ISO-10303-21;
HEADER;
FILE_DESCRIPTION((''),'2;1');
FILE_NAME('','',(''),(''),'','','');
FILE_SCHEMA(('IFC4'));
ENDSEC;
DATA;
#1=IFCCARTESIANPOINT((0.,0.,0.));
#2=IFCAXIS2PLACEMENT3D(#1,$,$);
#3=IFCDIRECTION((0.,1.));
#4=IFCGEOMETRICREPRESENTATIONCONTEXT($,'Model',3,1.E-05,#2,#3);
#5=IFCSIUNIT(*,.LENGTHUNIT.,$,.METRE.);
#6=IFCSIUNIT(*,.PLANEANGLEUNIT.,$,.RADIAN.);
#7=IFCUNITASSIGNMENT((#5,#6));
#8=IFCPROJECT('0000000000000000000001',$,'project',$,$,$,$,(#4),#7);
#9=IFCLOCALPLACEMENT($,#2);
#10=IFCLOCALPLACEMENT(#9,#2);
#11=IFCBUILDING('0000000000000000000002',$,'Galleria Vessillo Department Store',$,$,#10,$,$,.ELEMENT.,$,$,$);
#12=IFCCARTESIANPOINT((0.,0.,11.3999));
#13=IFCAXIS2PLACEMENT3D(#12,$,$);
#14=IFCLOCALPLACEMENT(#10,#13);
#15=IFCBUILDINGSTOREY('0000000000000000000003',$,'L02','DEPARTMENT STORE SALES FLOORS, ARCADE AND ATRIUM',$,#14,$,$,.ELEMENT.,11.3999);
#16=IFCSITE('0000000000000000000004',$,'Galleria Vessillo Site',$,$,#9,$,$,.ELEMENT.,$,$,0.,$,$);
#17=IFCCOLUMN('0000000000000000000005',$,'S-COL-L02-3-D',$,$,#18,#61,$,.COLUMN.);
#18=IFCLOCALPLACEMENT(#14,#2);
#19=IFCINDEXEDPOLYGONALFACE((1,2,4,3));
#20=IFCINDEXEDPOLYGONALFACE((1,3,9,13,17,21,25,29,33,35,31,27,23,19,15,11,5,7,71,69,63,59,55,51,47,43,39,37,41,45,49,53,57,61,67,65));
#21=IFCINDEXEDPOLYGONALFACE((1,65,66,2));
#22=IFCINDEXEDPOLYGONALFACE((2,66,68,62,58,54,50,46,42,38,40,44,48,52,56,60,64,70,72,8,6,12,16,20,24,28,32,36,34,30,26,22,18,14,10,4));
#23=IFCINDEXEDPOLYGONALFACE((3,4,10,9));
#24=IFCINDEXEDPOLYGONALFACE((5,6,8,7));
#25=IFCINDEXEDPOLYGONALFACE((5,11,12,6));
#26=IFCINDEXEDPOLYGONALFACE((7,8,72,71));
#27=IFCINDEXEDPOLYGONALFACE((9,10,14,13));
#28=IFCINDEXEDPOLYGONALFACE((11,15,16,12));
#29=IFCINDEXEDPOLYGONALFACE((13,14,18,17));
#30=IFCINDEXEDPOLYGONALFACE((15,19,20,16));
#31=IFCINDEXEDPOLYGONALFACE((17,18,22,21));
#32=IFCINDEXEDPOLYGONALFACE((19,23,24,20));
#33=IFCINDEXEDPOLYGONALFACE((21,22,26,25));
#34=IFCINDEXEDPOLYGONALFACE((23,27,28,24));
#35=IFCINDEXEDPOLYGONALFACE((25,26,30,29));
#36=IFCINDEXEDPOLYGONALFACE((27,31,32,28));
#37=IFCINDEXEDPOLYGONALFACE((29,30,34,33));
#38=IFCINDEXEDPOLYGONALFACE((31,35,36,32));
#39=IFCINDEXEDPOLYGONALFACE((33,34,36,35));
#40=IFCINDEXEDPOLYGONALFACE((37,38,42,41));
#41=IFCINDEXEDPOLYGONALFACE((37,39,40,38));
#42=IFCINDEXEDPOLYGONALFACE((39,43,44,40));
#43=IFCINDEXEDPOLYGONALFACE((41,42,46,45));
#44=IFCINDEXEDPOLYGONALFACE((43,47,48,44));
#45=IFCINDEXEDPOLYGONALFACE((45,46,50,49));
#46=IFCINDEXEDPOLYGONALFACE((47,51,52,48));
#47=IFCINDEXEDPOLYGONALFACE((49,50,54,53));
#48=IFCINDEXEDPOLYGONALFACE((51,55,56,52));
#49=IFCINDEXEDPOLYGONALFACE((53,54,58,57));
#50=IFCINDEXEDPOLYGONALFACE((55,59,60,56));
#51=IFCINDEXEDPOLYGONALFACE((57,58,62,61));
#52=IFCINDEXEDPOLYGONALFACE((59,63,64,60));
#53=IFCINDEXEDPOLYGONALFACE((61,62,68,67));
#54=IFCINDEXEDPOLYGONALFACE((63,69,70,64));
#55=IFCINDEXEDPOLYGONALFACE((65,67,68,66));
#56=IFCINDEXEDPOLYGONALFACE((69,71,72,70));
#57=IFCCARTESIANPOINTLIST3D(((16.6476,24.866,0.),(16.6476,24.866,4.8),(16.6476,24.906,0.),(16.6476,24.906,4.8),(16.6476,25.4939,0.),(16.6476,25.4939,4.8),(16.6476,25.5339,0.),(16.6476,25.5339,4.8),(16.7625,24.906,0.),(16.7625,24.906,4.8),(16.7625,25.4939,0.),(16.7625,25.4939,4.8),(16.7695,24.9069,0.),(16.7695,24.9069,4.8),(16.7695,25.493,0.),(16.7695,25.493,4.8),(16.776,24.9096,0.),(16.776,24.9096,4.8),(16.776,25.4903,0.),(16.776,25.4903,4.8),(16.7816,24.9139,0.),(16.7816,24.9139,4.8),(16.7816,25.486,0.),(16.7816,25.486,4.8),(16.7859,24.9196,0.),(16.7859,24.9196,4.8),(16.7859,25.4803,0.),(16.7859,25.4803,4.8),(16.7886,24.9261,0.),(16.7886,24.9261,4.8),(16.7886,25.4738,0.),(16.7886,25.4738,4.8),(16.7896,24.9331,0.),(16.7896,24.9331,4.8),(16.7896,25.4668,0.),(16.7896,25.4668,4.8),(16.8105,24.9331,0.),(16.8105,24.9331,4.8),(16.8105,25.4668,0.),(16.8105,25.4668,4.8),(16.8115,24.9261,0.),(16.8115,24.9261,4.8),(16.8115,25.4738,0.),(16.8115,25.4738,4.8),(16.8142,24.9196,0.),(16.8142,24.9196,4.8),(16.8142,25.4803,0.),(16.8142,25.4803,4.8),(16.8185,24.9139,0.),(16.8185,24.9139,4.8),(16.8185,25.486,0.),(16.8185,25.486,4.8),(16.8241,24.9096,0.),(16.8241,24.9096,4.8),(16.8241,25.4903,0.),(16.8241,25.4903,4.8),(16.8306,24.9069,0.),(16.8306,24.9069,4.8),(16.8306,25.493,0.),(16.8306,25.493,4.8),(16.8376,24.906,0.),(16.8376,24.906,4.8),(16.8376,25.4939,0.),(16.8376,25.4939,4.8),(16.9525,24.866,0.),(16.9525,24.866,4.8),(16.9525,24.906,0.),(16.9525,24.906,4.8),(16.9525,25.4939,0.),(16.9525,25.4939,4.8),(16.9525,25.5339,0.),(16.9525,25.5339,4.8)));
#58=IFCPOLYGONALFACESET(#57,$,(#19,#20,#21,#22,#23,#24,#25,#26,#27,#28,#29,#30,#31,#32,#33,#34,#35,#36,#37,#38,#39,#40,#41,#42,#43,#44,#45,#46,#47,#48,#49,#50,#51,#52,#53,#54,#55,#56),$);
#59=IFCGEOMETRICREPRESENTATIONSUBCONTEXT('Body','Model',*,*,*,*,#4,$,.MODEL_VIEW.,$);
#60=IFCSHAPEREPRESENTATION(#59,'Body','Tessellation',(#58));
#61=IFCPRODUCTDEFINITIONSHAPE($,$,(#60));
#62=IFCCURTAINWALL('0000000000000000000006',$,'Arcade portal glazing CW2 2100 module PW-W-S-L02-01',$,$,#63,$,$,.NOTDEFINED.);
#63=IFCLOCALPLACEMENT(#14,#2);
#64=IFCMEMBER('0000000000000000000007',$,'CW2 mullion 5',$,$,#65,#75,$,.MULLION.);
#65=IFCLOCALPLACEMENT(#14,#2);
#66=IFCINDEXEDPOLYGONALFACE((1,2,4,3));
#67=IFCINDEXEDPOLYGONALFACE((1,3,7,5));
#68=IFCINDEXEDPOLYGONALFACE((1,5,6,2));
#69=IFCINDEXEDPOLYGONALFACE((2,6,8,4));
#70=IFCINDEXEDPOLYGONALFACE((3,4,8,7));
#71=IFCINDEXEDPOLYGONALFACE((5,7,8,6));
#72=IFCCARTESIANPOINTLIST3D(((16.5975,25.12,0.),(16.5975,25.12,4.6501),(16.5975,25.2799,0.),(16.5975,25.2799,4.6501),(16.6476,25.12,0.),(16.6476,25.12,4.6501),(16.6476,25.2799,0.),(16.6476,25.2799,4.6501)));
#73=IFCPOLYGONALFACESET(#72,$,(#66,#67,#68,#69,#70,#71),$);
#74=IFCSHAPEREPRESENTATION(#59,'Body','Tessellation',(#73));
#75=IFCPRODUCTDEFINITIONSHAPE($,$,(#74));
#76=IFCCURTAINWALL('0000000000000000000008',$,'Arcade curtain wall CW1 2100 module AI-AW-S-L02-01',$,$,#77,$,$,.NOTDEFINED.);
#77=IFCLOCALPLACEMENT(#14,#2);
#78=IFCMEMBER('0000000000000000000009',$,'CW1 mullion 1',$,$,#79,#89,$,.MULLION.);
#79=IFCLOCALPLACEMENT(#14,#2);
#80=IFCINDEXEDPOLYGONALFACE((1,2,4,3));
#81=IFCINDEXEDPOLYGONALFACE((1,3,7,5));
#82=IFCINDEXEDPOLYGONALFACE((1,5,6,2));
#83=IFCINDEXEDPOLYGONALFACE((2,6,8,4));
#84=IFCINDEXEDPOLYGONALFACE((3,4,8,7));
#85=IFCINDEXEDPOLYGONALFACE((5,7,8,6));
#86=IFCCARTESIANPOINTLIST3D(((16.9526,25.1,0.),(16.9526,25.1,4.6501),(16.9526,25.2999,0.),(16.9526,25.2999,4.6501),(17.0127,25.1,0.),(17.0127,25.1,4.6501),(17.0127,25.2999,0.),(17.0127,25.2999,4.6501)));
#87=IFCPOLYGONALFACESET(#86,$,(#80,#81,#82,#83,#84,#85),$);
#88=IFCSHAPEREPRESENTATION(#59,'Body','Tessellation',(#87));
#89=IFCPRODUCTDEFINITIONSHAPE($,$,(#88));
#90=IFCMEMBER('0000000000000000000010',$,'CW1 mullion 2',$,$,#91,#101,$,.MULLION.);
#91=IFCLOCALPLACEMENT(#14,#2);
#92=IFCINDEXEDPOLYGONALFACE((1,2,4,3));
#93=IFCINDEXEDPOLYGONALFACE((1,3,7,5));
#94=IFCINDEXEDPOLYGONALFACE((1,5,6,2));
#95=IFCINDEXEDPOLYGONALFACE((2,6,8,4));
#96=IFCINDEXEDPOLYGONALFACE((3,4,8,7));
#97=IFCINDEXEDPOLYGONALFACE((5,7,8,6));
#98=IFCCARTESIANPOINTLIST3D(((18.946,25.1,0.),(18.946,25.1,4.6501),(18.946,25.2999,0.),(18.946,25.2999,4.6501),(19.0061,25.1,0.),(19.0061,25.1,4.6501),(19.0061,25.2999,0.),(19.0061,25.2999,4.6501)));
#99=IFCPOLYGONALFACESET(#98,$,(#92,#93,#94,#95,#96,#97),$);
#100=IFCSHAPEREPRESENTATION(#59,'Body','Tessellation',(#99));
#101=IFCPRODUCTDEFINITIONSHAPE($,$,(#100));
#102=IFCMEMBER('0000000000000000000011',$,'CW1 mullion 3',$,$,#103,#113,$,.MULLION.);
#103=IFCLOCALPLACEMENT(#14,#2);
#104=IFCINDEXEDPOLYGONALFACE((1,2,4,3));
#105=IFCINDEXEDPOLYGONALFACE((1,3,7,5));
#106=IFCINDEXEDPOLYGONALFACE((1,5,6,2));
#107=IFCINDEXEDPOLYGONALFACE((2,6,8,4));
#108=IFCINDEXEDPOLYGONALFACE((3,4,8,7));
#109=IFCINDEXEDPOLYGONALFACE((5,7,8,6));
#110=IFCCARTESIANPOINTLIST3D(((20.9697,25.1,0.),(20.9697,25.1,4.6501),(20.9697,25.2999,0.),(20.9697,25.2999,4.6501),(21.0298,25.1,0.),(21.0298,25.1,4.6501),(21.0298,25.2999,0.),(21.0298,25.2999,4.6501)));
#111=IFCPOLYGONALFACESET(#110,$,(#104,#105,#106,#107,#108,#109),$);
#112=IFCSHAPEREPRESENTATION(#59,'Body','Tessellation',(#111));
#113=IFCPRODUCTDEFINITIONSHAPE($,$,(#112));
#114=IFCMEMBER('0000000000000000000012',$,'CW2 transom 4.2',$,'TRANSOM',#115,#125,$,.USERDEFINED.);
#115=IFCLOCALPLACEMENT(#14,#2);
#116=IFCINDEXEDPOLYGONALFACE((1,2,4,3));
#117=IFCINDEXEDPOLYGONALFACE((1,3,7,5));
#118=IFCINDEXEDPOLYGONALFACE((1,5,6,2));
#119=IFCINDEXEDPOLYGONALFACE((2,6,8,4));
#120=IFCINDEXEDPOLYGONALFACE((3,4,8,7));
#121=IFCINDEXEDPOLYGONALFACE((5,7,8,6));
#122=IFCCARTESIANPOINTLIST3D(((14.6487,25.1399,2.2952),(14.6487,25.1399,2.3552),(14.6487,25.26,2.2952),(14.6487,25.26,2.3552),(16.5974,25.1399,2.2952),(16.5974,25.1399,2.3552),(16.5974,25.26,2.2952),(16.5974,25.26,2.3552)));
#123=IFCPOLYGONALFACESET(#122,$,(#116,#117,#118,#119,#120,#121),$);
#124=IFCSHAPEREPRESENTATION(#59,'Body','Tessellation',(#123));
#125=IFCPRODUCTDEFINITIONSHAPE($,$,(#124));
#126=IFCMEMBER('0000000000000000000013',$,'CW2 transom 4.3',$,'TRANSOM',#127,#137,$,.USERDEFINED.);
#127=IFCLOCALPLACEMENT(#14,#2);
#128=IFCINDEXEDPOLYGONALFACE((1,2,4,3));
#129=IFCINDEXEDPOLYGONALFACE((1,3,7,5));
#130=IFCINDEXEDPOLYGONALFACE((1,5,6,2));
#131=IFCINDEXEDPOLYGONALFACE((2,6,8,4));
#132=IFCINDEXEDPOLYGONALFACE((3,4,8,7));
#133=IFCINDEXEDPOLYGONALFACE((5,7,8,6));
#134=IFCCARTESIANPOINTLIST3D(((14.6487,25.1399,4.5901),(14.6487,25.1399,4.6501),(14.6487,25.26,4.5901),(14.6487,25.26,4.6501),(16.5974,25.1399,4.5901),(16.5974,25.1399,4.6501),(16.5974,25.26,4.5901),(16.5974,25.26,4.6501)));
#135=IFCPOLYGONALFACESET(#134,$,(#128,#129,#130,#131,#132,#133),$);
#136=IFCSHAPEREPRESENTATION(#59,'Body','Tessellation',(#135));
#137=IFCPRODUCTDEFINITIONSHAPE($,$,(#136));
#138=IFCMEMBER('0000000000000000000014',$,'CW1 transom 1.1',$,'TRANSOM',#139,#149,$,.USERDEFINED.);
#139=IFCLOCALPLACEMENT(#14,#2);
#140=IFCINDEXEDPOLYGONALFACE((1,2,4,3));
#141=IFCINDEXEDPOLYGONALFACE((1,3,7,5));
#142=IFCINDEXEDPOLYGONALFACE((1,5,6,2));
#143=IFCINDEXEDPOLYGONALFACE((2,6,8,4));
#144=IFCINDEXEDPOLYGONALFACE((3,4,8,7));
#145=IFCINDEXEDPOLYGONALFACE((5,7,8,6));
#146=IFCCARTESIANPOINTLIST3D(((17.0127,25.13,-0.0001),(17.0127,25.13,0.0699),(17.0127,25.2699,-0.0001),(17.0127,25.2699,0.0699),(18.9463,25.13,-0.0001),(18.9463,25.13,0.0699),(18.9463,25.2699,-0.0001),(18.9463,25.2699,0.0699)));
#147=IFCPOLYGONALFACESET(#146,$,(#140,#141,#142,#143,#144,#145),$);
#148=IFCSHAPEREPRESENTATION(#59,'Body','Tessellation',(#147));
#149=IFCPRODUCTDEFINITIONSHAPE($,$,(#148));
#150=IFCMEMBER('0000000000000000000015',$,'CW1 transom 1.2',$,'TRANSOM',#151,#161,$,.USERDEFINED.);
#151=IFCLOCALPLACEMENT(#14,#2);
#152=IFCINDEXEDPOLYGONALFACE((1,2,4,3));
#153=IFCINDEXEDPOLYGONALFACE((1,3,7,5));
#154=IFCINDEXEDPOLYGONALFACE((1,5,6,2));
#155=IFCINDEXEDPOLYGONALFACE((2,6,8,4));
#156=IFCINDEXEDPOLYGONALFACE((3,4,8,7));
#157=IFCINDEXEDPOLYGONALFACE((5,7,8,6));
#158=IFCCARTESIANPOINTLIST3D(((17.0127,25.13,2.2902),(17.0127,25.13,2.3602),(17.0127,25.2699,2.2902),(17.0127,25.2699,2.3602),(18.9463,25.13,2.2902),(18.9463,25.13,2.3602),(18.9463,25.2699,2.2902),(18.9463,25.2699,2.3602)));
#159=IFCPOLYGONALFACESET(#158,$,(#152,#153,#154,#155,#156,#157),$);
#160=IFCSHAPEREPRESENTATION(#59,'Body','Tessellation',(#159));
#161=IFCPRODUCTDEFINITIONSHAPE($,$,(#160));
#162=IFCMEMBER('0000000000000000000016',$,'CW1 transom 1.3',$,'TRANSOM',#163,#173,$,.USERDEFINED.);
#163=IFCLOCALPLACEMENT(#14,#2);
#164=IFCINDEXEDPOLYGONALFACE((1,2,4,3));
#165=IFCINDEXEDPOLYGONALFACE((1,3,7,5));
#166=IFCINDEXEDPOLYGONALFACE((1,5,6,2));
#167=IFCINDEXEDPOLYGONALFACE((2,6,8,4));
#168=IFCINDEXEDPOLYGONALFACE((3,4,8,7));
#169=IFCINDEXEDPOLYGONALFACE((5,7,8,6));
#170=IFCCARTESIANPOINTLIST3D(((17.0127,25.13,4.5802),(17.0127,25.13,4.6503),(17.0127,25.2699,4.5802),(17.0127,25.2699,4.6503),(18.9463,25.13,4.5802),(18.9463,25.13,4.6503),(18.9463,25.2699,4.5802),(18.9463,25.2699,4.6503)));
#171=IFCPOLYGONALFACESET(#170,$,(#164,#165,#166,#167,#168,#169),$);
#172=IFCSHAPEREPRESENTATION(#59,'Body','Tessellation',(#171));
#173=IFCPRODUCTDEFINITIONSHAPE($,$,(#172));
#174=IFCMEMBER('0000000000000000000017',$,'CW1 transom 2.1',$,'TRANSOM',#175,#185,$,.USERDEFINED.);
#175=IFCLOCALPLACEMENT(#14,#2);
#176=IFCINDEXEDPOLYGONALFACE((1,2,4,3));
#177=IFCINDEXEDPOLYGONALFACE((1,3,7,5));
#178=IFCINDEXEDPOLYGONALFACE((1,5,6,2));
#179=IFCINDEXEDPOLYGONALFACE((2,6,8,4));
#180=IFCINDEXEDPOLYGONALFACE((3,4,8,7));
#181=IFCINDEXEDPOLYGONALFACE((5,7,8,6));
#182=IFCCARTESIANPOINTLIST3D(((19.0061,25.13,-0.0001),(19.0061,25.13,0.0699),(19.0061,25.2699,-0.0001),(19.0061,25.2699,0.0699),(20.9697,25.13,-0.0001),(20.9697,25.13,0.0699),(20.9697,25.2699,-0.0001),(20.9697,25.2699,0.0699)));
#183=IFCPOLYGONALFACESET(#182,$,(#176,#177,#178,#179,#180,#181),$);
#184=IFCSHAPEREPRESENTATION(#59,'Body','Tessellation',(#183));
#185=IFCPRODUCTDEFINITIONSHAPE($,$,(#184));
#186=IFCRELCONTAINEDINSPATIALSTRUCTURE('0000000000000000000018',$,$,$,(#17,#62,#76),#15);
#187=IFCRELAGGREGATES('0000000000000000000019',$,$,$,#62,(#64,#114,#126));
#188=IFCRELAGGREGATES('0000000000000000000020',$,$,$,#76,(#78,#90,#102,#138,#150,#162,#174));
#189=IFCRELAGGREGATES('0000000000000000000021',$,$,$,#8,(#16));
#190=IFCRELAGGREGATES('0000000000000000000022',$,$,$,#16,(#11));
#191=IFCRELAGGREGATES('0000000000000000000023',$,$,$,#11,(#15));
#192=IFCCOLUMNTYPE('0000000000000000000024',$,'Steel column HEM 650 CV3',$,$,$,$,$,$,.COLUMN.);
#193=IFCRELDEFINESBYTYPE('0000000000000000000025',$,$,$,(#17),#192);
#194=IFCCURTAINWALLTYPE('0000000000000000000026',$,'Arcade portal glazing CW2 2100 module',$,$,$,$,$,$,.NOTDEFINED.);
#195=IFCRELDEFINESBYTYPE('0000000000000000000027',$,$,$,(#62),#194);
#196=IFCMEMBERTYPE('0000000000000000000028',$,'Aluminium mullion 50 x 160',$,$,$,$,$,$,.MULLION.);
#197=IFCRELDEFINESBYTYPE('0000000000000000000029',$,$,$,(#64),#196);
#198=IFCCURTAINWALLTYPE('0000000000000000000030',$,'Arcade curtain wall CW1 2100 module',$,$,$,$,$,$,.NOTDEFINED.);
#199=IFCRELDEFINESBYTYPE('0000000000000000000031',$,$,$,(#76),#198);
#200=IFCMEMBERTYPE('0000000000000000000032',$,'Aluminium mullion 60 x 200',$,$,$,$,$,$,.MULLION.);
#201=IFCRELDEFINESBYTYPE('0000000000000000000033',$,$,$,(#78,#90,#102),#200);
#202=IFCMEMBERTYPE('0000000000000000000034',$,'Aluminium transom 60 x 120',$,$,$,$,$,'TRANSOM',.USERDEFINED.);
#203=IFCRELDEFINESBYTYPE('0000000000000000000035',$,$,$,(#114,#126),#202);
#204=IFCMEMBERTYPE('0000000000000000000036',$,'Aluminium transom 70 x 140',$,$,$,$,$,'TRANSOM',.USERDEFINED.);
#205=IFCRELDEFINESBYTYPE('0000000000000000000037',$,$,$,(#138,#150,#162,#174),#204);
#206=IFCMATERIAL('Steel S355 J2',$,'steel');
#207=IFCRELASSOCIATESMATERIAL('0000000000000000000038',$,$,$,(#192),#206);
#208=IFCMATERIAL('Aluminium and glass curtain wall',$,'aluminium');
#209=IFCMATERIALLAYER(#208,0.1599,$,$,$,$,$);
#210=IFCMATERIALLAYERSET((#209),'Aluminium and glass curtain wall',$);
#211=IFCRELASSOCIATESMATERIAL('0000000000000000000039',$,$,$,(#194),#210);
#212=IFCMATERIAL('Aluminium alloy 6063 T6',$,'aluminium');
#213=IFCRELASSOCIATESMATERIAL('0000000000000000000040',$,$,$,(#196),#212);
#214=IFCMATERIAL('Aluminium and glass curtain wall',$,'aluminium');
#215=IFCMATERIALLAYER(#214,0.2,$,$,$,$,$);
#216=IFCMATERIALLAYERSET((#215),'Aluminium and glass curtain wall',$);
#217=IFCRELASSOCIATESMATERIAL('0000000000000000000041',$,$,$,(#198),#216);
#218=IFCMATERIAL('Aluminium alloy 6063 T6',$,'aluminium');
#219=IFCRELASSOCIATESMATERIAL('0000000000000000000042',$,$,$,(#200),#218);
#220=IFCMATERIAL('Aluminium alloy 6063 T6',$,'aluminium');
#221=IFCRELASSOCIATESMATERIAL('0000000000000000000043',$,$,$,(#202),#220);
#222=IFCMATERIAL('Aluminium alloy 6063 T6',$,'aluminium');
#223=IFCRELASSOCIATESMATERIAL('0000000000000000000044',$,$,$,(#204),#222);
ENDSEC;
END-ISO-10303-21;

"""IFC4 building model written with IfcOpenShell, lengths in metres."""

from ifc_helpers import new_model, si_unit, direction, frame, origin, origin_2d, place, context, subcontext, project, spatial, rectangle, i_section, extrude, material, layer, layer_set, material_profile, profile_set, type_object, element, aggregate, save


model = new_model("IFC4")

# Units and contexts
model_context = context("Model", 3, precision=1e-05, world=origin(), true_north=direction((0.0, 1.0)))
body_context = subcontext(model_context, "Body", "Model", "MODEL_VIEW")
ifc_project = project(units=[si_unit("LENGTHUNIT", "METRE"), si_unit("PLANEANGLEUNIT", "RADIAN")], contexts=[model_context])

# Site, building, storey
site_placement = place(None, origin())
site = spatial("IfcSite", under=ifc_project, at=site_placement, Name="Galleria Vessillo Site", CompositionType="ELEMENT", RefElevation=0.0)
building_placement = place(site_placement, origin())
building = spatial("IfcBuilding", under=site, at=building_placement, Name="Galleria Vessillo Department Store", CompositionType="ELEMENT")
storey_placement = place(building_placement, frame((0.0, 0.0, 11.3999)))
storey = spatial("IfcBuildingStorey", under=building, at=storey_placement, Name="L02", Description="DEPARTMENT STORE SALES FLOORS, ARCADE AND ATRIUM", CompositionType="ELEMENT", Elevation=11.3999)

# Column
ifc_material_1 = material(Name="Steel S355 J2", Category="steel")
ifc_material_profile_1 = material_profile(ifc_material_1, i_section(OverallWidth=0.3049, OverallDepth=0.668, WebThickness=0.021, FlangeThickness=0.04, FilletRadius=0.0271, at=origin_2d()), Name="HEM 650")
ifc_profile_set_1 = profile_set([ifc_material_profile_1], Name="Steel S355 J2")
column_type = type_object("IfcColumnType", Name="Steel column HEM 650 CV3", PredefinedType="COLUMN", material=ifc_profile_set_1)
column_placement = place(storey_placement, frame((16.8, 25.2, 0.0), z_axis=(0.0, 0.0, 1.0), x_axis=(1.0, 0.0, 0.0)))
element("IfcColumn", 1, at=column_placement, inside=storey, type_object=column_type, Name="S-COL-L02-3-D", PredefinedType="COLUMN", context=body_context, shape_type="SweptSolid", body=[
    extrude(i_section(OverallWidth=0.3049, OverallDepth=0.668, WebThickness=0.021, FlangeThickness=0.04, FilletRadius=0.0271, at=origin_2d()), origin(), (0.0, 0.0, 1.0), 4.8),
])

# Curtain wall, member
ifc_material_2 = material(Name="Aluminium and glass curtain wall", Category="aluminium")
ifc_layer_1 = layer(ifc_material_2, 0.1599)
ifc_layer_set_1 = layer_set([ifc_layer_1], Name="Aluminium and glass curtain wall")
curtain_wall_type_1 = type_object("IfcCurtainWallType", Name="Arcade portal glazing CW2 2100 module", PredefinedType="NOTDEFINED", material=ifc_layer_set_1)
curtain_wall_1_placement = place(storey_placement, origin())
curtain_wall_1 = element("IfcCurtainWall", 2, at=curtain_wall_1_placement, inside=storey, type_object=curtain_wall_type_1, Name="Arcade portal glazing CW2 2100 module PW-W-S-L02-01", PredefinedType="NOTDEFINED")
ifc_material_3 = material(Name="Aluminium alloy 6063 T6", Category="aluminium")
ifc_material_profile_2 = material_profile(ifc_material_3, rectangle(XDim=0.1599, YDim=0.05, at=origin_2d()), Name="AL 50x160")
ifc_profile_set_2 = profile_set([ifc_material_profile_2], Name="Aluminium alloy 6063 T6")
member_type_1 = type_object("IfcMemberType", Name="Aluminium mullion 50 x 160", PredefinedType="MULLION", material=ifc_profile_set_2)
member_1_placement = place(storey_placement, frame((16.6226, 25.2, 0.0), z_axis=(0.0, 0.0, 1.0), x_axis=(0.0, 1.0, 0.0)))
member_1 = element("IfcMember", 3, at=member_1_placement, type_object=member_type_1, Name="CW2 mullion 5", PredefinedType="MULLION", context=body_context, shape_type="SweptSolid", body=[
    extrude(rectangle(XDim=0.1599, YDim=0.05, at=origin_2d()), origin(), (0.0, 0.0, 1.0), 4.6501),
])

# Curtain wall, members
ifc_material_4 = material(Name="Aluminium and glass curtain wall", Category="aluminium")
ifc_layer_2 = layer(ifc_material_4, 0.2)
ifc_layer_set_2 = layer_set([ifc_layer_2], Name="Aluminium and glass curtain wall")
curtain_wall_type_2 = type_object("IfcCurtainWallType", Name="Arcade curtain wall CW1 2100 module", PredefinedType="NOTDEFINED", material=ifc_layer_set_2)
curtain_wall_2_placement = place(storey_placement, origin())
curtain_wall_2 = element("IfcCurtainWall", 4, at=curtain_wall_2_placement, inside=storey, type_object=curtain_wall_type_2, Name="Arcade curtain wall CW1 2100 module AI-AW-S-L02-01", PredefinedType="NOTDEFINED")
ifc_material_5 = material(Name="Aluminium alloy 6063 T6", Category="aluminium")
ifc_material_profile_3 = material_profile(ifc_material_5, rectangle(XDim=0.2, YDim=0.0601, at=origin_2d()), Name="AL 60x200")
ifc_profile_set_3 = profile_set([ifc_material_profile_3], Name="Aluminium alloy 6063 T6")
member_type_2 = type_object("IfcMemberType", Name="Aluminium mullion 60 x 200", PredefinedType="MULLION", material=ifc_profile_set_3)
member_2_placement = place(storey_placement, frame((16.9827, 25.2, 0.0), z_axis=(0.0, 0.0, 1.0), x_axis=(0.0, 1.0, 0.0)))
member_2 = element("IfcMember", 5, at=member_2_placement, type_object=member_type_2, Name="CW1 mullion 1", PredefinedType="MULLION", context=body_context, shape_type="SweptSolid", body=[
    extrude(rectangle(XDim=0.2, YDim=0.0601, at=origin_2d()), origin(), (0.0, 0.0, 1.0), 4.6501),
])
member_3_placement = place(storey_placement, frame((18.9761, 25.2, 0.0), z_axis=(0.0, 0.0, 1.0), x_axis=(0.0, 1.0, 0.0)))
member_3 = element("IfcMember", 6, at=member_3_placement, type_object=member_type_2, Name="CW1 mullion 2", PredefinedType="MULLION", context=body_context, shape_type="SweptSolid", body=[
    extrude(rectangle(XDim=0.2, YDim=0.0601, at=origin_2d()), origin(), (0.0, 0.0, 1.0), 4.6501),
])
member_4_placement = place(storey_placement, frame((20.9998, 25.2, 0.0), z_axis=(0.0, 0.0, 1.0), x_axis=(0.0, 1.0, 0.0)))
member_4 = element("IfcMember", 7, at=member_4_placement, type_object=member_type_2, Name="CW1 mullion 3", PredefinedType="MULLION", context=body_context, shape_type="SweptSolid", body=[
    extrude(rectangle(XDim=0.2, YDim=0.0601, at=origin_2d()), origin(), (0.0, 0.0, 1.0), 4.6501),
])

# Members
ifc_material_6 = material(Name="Aluminium alloy 6063 T6", Category="aluminium")
ifc_material_profile_4 = material_profile(ifc_material_6, rectangle(XDim=0.1201, YDim=0.0601, at=origin_2d()), Name="AL 60x120")
ifc_profile_set_4 = profile_set([ifc_material_profile_4], Name="Aluminium alloy 6063 T6")
member_type_3 = type_object("IfcMemberType", Name="Aluminium transom 60 x 120", ElementType="TRANSOM", PredefinedType="USERDEFINED", material=ifc_profile_set_4)
member_5_placement = place(storey_placement, frame((14.6487, 25.2, 2.3252), z_axis=(1.0, 0.0, 0.0), x_axis=(0.0, 1.0, 0.0)))
member_5 = element("IfcMember", 8, at=member_5_placement, type_object=member_type_3, Name="CW2 transom 4.2", ObjectType="TRANSOM", PredefinedType="USERDEFINED", context=body_context, shape_type="SweptSolid", body=[
    extrude(rectangle(XDim=0.1201, YDim=0.0601, at=origin_2d()), origin(), (0.0, 0.0, 1.0), 1.9487),
])
member_6_placement = place(storey_placement, frame((14.6487, 25.2, 4.6201), z_axis=(1.0, 0.0, 0.0), x_axis=(0.0, 1.0, 0.0)))
member_6 = element("IfcMember", 9, at=member_6_placement, type_object=member_type_3, Name="CW2 transom 4.3", ObjectType="TRANSOM", PredefinedType="USERDEFINED", context=body_context, shape_type="SweptSolid", body=[
    extrude(rectangle(XDim=0.1201, YDim=0.0601, at=origin_2d()), origin(), (0.0, 0.0, 1.0), 1.9487),
])
ifc_material_7 = material(Name="Aluminium alloy 6063 T6", Category="aluminium")
ifc_material_profile_5 = material_profile(ifc_material_7, rectangle(XDim=0.1399, YDim=0.0701, at=origin_2d()), Name="AL 70x140")
ifc_profile_set_5 = profile_set([ifc_material_profile_5], Name="Aluminium alloy 6063 T6")
member_type_4 = type_object("IfcMemberType", Name="Aluminium transom 70 x 140", ElementType="TRANSOM", PredefinedType="USERDEFINED", material=ifc_profile_set_5)
member_7_placement = place(storey_placement, frame((17.0127, 25.2, 0.0349), z_axis=(1.0, 0.0, 0.0), x_axis=(0.0, 1.0, 0.0)))
member_7 = element("IfcMember", 10, at=member_7_placement, type_object=member_type_4, Name="CW1 transom 1.1", ObjectType="TRANSOM", PredefinedType="USERDEFINED", context=body_context, shape_type="SweptSolid", body=[
    extrude(rectangle(XDim=0.1399, YDim=0.0701, at=origin_2d()), origin(), (0.0, 0.0, 1.0), 1.9336),
])
member_8_placement = place(storey_placement, frame((17.0127, 25.2, 2.3252), z_axis=(1.0, 0.0, 0.0), x_axis=(0.0, 1.0, 0.0)))
member_8 = element("IfcMember", 11, at=member_8_placement, type_object=member_type_4, Name="CW1 transom 1.2", ObjectType="TRANSOM", PredefinedType="USERDEFINED", context=body_context, shape_type="SweptSolid", body=[
    extrude(rectangle(XDim=0.1399, YDim=0.0701, at=origin_2d()), origin(), (0.0, 0.0, 1.0), 1.9336),
])
member_9_placement = place(storey_placement, frame((17.0127, 25.2, 4.6152), z_axis=(1.0, 0.0, 0.0), x_axis=(0.0, 1.0, 0.0)))
member_9 = element("IfcMember", 12, at=member_9_placement, type_object=member_type_4, Name="CW1 transom 1.3", ObjectType="TRANSOM", PredefinedType="USERDEFINED", context=body_context, shape_type="SweptSolid", body=[
    extrude(rectangle(XDim=0.1399, YDim=0.0701, at=origin_2d()), origin(), (0.0, 0.0, 1.0), 1.9336),
])
member_10_placement = place(storey_placement, frame((19.0061, 25.2, 0.0349), z_axis=(1.0, 0.0, 0.0), x_axis=(0.0, 1.0, 0.0)))
member_10 = element("IfcMember", 13, at=member_10_placement, type_object=member_type_4, Name="CW1 transom 2.1", ObjectType="TRANSOM", PredefinedType="USERDEFINED", context=body_context, shape_type="SweptSolid", body=[
    extrude(rectangle(XDim=0.1399, YDim=0.0701, at=origin_2d()), origin(), (0.0, 0.0, 1.0), 1.9636),
])

aggregate(curtain_wall_1, [member_1, member_5, member_6])
aggregate(curtain_wall_2, [member_2, member_3, member_4, member_7, member_8, member_9, member_10])

save(model, "model.ifc")
